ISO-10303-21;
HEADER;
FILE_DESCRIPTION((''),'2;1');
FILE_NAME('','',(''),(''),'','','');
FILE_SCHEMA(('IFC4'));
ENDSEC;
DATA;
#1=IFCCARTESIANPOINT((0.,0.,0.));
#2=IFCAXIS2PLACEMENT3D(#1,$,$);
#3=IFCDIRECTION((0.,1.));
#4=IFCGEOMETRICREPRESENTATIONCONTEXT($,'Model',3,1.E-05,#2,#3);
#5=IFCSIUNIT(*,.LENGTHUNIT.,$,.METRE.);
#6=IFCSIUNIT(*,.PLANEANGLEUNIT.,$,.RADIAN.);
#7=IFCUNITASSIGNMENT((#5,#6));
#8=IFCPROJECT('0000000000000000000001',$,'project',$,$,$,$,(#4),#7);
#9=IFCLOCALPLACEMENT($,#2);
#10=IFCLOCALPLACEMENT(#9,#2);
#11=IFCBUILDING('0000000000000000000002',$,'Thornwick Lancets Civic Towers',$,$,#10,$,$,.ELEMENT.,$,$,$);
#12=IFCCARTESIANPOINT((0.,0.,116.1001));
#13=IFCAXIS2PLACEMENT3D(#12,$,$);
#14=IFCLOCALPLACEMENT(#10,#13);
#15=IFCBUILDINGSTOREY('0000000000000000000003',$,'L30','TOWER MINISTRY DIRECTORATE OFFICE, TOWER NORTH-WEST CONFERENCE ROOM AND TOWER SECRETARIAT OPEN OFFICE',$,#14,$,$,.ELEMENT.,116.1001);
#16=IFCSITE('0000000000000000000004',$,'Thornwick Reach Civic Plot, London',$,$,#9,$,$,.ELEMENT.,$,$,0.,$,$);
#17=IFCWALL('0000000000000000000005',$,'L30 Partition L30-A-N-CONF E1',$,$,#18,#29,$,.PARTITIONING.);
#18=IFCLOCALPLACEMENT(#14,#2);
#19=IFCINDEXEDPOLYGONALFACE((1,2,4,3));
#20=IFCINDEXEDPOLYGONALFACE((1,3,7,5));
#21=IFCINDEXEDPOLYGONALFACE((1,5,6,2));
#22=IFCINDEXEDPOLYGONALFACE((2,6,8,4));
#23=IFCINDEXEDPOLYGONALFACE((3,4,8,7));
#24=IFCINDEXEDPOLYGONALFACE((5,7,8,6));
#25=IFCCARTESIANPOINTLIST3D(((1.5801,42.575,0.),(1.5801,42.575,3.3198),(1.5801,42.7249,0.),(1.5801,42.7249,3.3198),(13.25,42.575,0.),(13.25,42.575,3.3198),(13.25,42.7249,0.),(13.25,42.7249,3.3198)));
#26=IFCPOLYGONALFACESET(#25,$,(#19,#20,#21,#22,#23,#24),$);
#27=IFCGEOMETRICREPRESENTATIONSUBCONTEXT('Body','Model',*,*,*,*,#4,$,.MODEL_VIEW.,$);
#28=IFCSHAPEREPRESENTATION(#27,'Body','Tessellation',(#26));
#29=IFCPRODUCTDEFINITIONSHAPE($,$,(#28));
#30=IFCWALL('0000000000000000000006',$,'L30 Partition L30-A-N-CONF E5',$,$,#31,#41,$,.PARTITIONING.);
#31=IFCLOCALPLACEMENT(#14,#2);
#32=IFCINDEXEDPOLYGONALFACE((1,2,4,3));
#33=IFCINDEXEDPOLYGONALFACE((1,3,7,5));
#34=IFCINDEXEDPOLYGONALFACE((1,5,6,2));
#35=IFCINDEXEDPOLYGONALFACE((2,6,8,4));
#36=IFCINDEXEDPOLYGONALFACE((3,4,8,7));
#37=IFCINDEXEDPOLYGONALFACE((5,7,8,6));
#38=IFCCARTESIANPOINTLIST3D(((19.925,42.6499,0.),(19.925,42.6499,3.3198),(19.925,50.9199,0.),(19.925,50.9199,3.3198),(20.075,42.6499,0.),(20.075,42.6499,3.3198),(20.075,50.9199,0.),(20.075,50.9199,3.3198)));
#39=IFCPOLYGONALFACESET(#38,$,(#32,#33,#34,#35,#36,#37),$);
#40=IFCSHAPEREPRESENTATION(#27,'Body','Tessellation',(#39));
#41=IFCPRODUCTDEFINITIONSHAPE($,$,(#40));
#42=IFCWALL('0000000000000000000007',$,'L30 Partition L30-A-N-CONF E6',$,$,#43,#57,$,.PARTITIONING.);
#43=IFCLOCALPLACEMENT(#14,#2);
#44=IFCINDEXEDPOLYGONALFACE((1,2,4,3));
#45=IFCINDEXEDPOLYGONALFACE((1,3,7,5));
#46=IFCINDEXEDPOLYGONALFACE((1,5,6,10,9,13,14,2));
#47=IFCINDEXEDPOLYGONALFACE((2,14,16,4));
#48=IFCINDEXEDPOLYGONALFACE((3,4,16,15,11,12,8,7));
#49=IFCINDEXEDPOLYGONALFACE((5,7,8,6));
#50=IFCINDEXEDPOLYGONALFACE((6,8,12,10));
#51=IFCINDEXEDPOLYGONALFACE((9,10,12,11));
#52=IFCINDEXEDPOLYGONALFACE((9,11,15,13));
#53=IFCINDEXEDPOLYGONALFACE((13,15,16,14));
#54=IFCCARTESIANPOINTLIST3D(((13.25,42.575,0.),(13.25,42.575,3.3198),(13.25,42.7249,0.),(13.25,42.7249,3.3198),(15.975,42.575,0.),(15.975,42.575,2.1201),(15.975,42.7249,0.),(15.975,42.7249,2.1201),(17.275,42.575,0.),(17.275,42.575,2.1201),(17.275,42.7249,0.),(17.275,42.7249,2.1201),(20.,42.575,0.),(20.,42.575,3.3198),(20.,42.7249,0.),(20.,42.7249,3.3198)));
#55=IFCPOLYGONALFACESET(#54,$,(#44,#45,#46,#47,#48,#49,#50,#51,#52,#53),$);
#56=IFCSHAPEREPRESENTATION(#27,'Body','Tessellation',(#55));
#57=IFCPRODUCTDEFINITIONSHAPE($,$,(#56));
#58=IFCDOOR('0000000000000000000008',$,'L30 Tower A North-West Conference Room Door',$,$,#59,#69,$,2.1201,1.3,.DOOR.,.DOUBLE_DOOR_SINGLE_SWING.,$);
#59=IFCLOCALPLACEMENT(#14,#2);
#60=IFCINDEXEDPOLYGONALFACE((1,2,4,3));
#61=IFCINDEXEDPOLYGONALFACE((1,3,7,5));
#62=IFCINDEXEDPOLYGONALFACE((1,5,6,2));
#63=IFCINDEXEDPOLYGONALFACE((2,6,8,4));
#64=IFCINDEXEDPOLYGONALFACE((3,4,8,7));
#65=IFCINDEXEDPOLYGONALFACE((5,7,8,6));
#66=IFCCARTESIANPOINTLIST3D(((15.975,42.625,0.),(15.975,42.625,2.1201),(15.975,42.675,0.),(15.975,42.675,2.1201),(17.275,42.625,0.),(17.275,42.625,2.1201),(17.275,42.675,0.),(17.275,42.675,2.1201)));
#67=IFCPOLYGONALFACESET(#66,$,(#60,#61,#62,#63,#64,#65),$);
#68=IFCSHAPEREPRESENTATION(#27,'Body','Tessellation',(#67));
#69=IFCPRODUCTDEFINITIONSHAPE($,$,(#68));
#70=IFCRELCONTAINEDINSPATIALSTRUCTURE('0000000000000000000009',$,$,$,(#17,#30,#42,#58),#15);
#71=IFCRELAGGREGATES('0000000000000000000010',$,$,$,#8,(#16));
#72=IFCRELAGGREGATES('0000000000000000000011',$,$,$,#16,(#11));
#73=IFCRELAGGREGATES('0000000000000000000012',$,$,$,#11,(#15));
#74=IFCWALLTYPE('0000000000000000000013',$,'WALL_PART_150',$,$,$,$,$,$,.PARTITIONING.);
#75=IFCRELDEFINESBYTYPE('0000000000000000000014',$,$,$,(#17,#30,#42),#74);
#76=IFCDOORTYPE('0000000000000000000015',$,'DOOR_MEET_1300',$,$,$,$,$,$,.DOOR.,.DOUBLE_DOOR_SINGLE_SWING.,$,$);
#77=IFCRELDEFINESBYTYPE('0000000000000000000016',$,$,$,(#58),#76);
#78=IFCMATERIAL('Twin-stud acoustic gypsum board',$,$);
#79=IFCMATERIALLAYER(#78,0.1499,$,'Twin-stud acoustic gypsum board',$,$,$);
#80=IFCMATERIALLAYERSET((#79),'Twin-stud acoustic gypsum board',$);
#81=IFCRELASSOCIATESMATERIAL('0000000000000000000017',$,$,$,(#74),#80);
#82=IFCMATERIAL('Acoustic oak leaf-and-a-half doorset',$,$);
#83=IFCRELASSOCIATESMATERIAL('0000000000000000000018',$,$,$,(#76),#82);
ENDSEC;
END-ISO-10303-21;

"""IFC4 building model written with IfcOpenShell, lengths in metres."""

from ifc_helpers import new_model, si_unit, direction, frame, frame_2d, origin, place, context, subcontext, project, spatial, rectangle, extrude, material, layer, layer_set, type_object, element, fill, save


model = new_model("IFC4")

# Units and contexts
model_context = context("Model", 3, precision=1e-05, world=origin(), true_north=direction((0.0, 1.0)))
body_context = subcontext(model_context, "Body", "Model", "MODEL_VIEW")
ifc_project = project(units=[si_unit("LENGTHUNIT", "METRE"), si_unit("PLANEANGLEUNIT", "RADIAN")], contexts=[model_context])

# Site, building, storey
site_placement = place(None, origin())
site = spatial("IfcSite", under=ifc_project, at=site_placement, Name="Thornwick Reach Civic Plot, London", CompositionType="ELEMENT", RefElevation=0.0)
building_placement = place(site_placement, origin())
building = spatial("IfcBuilding", under=site, at=building_placement, Name="Thornwick Lancets Civic Towers", CompositionType="ELEMENT")
storey_placement = place(building_placement, frame((0.0, 0.0, 116.1001)))
storey = spatial("IfcBuildingStorey", under=building, at=storey_placement, Name="L30", Description="TOWER MINISTRY DIRECTORATE OFFICE, TOWER NORTH-WEST CONFERENCE ROOM AND TOWER SECRETARIAT OPEN OFFICE", CompositionType="ELEMENT", Elevation=116.1001)

# Walls
ifc_material_1 = material(Name="Twin-stud acoustic gypsum board")
ifc_layer_1 = layer(ifc_material_1, 0.1499, Name="Twin-stud acoustic gypsum board")
ifc_layer_set_1 = layer_set([ifc_layer_1], Name="Twin-stud acoustic gypsum board")
wall_type_1 = type_object("IfcWallType", Name="WALL_PART_150", PredefinedType="PARTITIONING", material=ifc_layer_set_1)
wall_1_placement = place(storey_placement, frame((13.25, 42.6499, 0.0), z_axis=(0.0, 0.0, 1.0), x_axis=(-1.0, 0.0, 0.0)))
element("IfcWall", 1, at=wall_1_placement, inside=storey, type_object=wall_type_1, Name="L30 Partition L30-A-N-CONF E1", PredefinedType="PARTITIONING", context=body_context, shape_type="SweptSolid", body=[
    extrude(rectangle(XDim=11.6699, YDim=0.1499, at=frame_2d((5.835, 0.0))), origin(), (0.0, 0.0, 1.0), 3.3198),
])
wall_2_placement = place(storey_placement, frame((20.0, 50.9199, 0.0), z_axis=(0.0, 0.0, 1.0), x_axis=(0.0, -1.0, 0.0)))
element("IfcWall", 2, at=wall_2_placement, inside=storey, type_object=wall_type_1, Name="L30 Partition L30-A-N-CONF E5", PredefinedType="PARTITIONING", context=body_context, shape_type="SweptSolid", body=[
    extrude(rectangle(XDim=8.27, YDim=0.1499, at=frame_2d((4.135, 0.0))), origin(), (0.0, 0.0, 1.0), 3.3198),
])

# Wall, opening, door
wall_3_placement = place(storey_placement, frame((20.0, 42.6499, 0.0), z_axis=(0.0, 0.0, 1.0), x_axis=(-1.0, 0.0, 0.0)))
wall_3 = element("IfcWall", 3, at=wall_3_placement, inside=storey, type_object=wall_type_1, Name="L30 Partition L30-A-N-CONF E6", PredefinedType="PARTITIONING", context=body_context, shape_type="SweptSolid", body=[
    extrude(rectangle(XDim=6.75, YDim=0.1499, at=frame_2d((3.375, 0.0))), origin(), (0.0, 0.0, 1.0), 3.3198),
])
opening_1_placement = place(wall_3_placement, frame((2.7251, 0.0, 0.0)))
opening_1 = element("IfcOpeningElement", 4, at=opening_1_placement, cuts=wall_3, PredefinedType="OPENING", context=body_context, shape_type="SweptSolid", body=[
    extrude(rectangle(XDim=1.3, YDim=2.1201, at=frame_2d((0.6499, 1.0601))), frame((0.0, 0.085, 0.0), z_axis=(0.0, -1.0, 0.0), x_axis=(1.0, 0.0, 0.0)), (0.0, 0.0, 1.0), 0.1699),
])
ifc_material_2 = material(Name="Acoustic oak leaf-and-a-half doorset")
door_type_1 = type_object("IfcDoorType", Name="DOOR_MEET_1300", OperationType="DOUBLE_DOOR_SINGLE_SWING", PredefinedType="DOOR", material=ifc_material_2)
door_1_placement = place(opening_1_placement, origin())
door_1 = element("IfcDoor", 5, at=door_1_placement, inside=storey, type_object=door_type_1, Name="L30 Tower A North-West Conference Room Door", OperationType="DOUBLE_DOOR_SINGLE_SWING", OverallHeight=2.1201, OverallWidth=1.3, PredefinedType="DOOR", context=body_context, shape_type="SweptSolid", body=[
    extrude(rectangle(XDim=1.3, YDim=2.1201, at=frame_2d((0.6499, 1.0601))), frame((0.0, 0.0249, 0.0), z_axis=(0.0, -1.0, 0.0), x_axis=(1.0, 0.0, 0.0)), (0.0, 0.0, 1.0), 0.05),
])
fill(opening_1, door_1)

save(model, "model.ifc")
